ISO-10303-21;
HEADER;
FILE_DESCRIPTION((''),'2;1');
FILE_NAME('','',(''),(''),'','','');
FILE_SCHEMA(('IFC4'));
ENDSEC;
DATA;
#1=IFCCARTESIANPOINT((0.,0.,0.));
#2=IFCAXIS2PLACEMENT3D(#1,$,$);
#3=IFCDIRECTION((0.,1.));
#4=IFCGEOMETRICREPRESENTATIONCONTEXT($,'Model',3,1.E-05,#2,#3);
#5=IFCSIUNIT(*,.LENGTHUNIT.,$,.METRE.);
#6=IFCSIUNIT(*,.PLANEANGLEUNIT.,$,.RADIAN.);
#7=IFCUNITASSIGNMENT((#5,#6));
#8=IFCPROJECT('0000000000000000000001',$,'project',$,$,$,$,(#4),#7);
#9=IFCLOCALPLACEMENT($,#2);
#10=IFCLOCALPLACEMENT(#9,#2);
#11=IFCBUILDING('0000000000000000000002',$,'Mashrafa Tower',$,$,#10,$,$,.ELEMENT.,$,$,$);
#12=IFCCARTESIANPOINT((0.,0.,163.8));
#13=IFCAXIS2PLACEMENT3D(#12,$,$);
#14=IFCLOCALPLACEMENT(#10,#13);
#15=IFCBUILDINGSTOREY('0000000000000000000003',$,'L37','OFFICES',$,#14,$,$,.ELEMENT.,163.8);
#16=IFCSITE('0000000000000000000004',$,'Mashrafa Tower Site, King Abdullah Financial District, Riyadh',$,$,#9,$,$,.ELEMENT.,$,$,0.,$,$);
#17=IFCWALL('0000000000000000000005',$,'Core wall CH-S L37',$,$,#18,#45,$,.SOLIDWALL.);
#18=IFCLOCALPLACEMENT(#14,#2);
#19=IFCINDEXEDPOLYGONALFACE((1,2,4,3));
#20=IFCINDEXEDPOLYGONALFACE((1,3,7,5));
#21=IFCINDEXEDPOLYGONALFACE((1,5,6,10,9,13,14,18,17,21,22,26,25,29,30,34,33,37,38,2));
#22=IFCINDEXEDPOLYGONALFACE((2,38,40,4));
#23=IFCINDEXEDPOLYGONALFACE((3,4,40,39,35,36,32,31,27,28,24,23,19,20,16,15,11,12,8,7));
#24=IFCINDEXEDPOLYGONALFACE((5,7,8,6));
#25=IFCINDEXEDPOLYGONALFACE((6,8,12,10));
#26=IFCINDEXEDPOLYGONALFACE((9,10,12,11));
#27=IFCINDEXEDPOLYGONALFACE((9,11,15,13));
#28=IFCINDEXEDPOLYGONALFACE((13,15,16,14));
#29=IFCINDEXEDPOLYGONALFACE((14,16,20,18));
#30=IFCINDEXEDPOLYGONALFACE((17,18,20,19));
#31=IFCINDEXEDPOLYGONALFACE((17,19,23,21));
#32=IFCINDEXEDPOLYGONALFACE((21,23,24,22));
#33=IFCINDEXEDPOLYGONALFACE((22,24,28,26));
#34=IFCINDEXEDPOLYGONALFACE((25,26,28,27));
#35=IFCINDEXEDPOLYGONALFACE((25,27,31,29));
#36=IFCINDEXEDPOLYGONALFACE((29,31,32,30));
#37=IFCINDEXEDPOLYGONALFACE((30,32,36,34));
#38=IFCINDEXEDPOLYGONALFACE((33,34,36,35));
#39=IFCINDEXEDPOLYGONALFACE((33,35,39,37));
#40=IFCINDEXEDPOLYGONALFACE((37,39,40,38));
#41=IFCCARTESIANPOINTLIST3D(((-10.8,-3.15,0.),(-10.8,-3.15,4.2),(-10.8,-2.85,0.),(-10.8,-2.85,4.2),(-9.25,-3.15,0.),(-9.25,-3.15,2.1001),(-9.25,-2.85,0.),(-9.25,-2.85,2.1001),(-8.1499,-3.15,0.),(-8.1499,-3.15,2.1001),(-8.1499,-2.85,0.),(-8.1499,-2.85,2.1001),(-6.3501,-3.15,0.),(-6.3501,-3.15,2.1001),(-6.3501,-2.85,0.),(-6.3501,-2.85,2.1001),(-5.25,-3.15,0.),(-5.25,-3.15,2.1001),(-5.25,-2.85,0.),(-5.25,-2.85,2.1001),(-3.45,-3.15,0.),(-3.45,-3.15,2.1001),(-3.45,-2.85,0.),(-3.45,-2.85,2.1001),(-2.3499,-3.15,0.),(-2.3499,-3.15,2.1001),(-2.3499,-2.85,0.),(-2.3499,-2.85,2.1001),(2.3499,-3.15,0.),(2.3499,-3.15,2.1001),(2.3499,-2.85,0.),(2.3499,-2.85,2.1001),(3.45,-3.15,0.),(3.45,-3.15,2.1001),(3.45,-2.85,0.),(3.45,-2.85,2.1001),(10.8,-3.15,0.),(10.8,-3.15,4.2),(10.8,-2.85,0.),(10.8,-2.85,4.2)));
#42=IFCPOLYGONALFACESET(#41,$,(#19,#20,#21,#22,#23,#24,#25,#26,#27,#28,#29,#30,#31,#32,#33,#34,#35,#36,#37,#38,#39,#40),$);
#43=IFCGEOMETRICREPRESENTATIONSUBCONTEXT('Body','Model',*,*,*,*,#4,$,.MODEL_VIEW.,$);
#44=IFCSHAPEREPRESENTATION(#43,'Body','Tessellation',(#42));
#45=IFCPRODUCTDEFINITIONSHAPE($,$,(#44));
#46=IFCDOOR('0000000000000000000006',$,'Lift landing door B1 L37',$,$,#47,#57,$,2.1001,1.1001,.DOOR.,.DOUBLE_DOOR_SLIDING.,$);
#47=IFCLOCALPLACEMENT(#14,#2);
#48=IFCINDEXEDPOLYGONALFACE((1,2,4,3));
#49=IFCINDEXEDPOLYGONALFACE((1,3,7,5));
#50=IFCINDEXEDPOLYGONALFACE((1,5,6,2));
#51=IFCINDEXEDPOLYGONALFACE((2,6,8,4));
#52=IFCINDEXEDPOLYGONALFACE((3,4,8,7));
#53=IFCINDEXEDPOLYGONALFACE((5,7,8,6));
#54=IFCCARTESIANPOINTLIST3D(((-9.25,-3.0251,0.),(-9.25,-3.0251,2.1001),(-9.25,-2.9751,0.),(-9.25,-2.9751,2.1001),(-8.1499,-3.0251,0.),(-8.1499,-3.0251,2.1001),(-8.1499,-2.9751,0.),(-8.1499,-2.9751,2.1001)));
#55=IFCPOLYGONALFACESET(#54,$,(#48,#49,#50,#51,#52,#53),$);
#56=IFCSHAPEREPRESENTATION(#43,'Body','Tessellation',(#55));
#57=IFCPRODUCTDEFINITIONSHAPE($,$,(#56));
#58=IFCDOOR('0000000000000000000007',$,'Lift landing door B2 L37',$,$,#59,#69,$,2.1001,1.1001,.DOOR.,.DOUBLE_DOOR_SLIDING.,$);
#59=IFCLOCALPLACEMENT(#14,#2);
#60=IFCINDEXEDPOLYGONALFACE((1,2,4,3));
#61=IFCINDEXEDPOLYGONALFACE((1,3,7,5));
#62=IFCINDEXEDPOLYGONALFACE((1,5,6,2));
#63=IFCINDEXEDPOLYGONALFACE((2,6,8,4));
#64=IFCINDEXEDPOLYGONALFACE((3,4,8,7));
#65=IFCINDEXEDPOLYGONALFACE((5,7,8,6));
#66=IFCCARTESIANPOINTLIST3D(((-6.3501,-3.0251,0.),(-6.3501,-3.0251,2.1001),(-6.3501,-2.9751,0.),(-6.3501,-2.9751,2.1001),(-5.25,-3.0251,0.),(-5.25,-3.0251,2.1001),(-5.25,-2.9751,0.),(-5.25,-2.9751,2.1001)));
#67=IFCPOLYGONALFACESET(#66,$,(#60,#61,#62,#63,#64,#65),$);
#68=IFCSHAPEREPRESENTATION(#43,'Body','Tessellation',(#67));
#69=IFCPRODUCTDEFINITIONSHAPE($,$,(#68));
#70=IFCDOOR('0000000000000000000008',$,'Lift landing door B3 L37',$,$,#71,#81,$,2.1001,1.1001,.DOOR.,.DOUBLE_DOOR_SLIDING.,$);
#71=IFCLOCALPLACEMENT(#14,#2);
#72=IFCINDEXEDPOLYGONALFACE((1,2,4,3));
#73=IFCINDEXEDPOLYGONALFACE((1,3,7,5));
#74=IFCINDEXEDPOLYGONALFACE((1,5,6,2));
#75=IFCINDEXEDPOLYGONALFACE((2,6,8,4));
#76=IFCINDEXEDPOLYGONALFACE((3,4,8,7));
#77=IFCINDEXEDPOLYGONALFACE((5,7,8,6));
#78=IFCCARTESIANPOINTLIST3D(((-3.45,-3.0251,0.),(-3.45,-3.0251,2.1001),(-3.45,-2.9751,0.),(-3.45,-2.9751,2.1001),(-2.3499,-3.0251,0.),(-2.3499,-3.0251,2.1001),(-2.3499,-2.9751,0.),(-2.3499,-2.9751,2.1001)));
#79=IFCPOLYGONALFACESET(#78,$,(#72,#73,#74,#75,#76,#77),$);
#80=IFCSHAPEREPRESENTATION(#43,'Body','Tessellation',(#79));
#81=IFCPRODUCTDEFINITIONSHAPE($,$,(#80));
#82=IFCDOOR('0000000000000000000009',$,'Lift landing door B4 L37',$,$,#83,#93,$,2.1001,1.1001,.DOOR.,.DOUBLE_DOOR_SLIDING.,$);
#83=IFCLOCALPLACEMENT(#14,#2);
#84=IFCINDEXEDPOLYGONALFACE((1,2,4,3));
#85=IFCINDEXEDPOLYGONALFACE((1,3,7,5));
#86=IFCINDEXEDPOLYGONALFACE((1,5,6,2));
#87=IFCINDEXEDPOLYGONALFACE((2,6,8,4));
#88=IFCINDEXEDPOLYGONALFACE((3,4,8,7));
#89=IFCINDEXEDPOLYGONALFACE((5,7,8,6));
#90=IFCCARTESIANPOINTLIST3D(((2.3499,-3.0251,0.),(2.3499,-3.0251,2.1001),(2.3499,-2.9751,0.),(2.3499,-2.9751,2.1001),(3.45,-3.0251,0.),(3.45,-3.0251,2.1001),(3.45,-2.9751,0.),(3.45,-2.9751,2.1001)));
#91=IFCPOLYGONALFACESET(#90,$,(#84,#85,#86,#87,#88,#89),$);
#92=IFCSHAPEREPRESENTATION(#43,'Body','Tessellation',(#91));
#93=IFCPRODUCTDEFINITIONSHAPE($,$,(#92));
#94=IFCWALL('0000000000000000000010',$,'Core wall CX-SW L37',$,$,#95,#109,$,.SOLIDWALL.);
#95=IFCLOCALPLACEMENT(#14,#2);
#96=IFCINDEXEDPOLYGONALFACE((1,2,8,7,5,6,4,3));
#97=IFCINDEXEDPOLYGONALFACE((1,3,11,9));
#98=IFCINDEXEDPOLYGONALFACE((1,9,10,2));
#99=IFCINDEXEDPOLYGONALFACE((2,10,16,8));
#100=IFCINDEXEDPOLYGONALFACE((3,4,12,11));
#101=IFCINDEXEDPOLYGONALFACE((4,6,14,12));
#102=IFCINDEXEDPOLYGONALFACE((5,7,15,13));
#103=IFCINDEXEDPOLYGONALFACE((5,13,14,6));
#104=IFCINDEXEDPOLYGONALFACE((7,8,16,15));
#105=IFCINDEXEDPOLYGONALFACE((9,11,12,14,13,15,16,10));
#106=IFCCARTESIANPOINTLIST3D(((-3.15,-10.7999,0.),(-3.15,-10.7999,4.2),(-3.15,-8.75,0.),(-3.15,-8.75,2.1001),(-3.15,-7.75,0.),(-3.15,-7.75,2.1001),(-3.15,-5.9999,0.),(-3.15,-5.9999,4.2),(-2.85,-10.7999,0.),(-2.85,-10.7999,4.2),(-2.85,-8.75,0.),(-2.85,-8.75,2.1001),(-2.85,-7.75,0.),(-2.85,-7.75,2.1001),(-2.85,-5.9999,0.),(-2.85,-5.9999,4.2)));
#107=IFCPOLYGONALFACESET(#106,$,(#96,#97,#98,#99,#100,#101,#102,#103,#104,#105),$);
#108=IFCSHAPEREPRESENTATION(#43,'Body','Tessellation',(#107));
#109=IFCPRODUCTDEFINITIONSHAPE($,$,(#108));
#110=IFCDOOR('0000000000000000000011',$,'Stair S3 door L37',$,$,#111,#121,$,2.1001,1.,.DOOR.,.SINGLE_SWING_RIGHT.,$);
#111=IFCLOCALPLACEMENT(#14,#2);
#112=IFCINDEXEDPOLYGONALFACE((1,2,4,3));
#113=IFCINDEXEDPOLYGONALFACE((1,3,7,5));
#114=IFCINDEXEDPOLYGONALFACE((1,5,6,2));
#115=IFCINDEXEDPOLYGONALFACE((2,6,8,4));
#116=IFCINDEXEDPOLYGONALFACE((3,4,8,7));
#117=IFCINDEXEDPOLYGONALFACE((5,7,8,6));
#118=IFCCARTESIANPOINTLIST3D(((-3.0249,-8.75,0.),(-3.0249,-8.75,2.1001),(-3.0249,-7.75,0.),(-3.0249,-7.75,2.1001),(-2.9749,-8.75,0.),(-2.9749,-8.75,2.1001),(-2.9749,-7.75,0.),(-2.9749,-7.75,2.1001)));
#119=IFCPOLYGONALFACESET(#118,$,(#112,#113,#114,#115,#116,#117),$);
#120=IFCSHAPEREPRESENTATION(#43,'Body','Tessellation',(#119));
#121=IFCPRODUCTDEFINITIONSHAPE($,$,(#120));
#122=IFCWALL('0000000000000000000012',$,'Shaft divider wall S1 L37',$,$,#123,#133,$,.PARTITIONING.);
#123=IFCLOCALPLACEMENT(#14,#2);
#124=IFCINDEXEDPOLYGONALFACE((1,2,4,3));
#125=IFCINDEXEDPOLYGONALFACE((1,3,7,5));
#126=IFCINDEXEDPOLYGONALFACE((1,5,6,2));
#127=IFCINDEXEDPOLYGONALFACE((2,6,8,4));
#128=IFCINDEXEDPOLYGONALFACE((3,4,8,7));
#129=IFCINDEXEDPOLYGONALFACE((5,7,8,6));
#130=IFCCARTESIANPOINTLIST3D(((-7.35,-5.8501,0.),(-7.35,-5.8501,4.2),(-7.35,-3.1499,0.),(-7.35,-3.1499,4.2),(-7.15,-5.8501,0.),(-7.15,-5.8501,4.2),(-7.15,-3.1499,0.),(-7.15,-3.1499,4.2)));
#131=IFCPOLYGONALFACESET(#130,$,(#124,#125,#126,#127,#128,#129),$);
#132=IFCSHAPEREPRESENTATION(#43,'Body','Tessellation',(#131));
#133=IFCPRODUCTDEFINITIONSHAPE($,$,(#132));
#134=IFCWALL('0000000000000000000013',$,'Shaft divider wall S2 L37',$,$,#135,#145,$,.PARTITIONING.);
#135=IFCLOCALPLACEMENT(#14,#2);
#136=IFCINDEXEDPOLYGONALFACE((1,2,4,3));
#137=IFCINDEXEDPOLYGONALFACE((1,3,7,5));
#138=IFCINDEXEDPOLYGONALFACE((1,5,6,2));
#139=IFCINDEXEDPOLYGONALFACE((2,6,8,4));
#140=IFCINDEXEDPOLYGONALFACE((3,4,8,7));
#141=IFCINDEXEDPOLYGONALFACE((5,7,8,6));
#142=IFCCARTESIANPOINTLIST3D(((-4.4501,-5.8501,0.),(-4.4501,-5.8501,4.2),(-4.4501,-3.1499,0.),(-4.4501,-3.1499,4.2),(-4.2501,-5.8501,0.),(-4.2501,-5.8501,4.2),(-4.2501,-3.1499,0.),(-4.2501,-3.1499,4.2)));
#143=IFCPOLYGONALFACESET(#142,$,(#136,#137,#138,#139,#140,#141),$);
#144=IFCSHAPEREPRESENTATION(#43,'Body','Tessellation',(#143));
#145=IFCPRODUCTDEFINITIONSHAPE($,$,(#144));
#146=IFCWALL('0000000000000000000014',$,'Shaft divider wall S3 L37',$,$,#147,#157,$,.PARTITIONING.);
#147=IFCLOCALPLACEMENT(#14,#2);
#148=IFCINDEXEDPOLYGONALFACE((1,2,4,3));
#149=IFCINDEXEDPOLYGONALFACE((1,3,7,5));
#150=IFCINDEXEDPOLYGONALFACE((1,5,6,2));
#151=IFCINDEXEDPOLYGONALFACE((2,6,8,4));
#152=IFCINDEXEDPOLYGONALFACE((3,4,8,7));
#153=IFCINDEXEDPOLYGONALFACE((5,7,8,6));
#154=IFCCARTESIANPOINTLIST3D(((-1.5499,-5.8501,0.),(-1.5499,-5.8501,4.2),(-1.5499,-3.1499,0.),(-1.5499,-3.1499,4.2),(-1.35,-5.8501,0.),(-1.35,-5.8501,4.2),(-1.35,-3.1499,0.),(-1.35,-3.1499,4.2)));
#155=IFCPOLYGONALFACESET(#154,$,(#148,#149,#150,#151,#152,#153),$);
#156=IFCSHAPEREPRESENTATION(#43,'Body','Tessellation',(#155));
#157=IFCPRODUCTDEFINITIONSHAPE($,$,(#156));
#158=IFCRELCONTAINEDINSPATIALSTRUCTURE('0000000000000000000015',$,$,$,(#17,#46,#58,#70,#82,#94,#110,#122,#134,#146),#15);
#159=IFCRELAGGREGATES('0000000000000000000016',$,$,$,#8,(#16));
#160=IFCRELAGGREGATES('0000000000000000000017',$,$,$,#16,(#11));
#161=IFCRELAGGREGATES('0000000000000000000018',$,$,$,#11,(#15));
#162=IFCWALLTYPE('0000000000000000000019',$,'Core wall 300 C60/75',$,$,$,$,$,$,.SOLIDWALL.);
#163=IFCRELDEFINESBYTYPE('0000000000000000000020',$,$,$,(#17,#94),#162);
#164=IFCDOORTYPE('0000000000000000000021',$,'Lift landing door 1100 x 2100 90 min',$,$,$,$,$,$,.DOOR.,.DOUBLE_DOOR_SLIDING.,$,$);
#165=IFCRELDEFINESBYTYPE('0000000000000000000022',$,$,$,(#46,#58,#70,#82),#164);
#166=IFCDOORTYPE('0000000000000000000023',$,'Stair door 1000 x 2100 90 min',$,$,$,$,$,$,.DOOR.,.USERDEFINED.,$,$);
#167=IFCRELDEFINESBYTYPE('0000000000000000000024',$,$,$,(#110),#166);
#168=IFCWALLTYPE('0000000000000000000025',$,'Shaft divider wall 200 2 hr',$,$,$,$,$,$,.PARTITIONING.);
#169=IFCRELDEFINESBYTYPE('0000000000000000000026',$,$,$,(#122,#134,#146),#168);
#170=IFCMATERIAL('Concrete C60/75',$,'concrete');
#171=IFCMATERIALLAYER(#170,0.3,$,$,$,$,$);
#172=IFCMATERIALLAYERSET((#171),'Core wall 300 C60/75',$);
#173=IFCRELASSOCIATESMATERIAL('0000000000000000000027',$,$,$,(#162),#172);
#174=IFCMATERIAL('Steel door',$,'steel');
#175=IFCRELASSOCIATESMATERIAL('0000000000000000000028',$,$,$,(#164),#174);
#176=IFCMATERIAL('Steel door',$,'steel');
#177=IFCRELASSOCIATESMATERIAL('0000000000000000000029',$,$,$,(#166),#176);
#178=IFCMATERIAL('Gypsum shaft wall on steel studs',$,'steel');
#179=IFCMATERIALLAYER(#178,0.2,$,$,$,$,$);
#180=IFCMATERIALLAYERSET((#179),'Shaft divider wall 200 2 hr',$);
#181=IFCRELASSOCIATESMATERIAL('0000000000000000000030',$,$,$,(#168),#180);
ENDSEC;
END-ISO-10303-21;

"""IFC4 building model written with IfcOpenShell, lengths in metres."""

from ifc_helpers import new_model, si_unit, direction, frame, frame_2d, origin, place, context, subcontext, project, spatial, rectangle, extrude, material, layer, layer_set, type_object, element, fill, save


model = new_model("IFC4")

# Units and contexts
model_context = context("Model", 3, precision=1e-05, world=origin(), true_north=direction((0.0, 1.0)))
body_context = subcontext(model_context, "Body", "Model", "MODEL_VIEW")
ifc_project = project(units=[si_unit("LENGTHUNIT", "METRE"), si_unit("PLANEANGLEUNIT", "RADIAN")], contexts=[model_context])

# Site, building, storey
site_placement = place(None, origin())
site = spatial("IfcSite", under=ifc_project, at=site_placement, Name="Mashrafa Tower Site, King Abdullah Financial District, Riyadh", CompositionType="ELEMENT", RefElevation=0.0)
building_placement = place(site_placement, origin())
building = spatial("IfcBuilding", under=site, at=building_placement, Name="Mashrafa Tower", CompositionType="ELEMENT")
storey_placement = place(building_placement, frame((0.0, 0.0, 163.8)))
storey = spatial("IfcBuildingStorey", under=building, at=storey_placement, Name="L37", Description="OFFICES", CompositionType="ELEMENT", Elevation=163.8)

# Wall, openings, doors
ifc_material_1 = material(Name="Concrete C60/75", Category="concrete")
ifc_layer_1 = layer(ifc_material_1, 0.3)
ifc_layer_set_1 = layer_set([ifc_layer_1], Name="Core wall 300 C60/75")
wall_type_1 = type_object("IfcWallType", Name="Core wall 300 C60/75", PredefinedType="SOLIDWALL", material=ifc_layer_set_1)
wall_1_placement = place(storey_placement, frame((-10.8, -3.0, 0.0), z_axis=(0.0, 0.0, 1.0), x_axis=(1.0, 0.0, 0.0)))
wall_1 = element("IfcWall", 1, at=wall_1_placement, inside=storey, type_object=wall_type_1, Name="Core wall CH-S L37", PredefinedType="SOLIDWALL", context=body_context, shape_type="SweptSolid", body=[
    extrude(rectangle(XDim=21.6001, YDim=0.3, at=frame_2d((10.8, 0.0))), origin(), (0.0, 0.0, 1.0), 4.2),
])
opening_1_placement = place(wall_1_placement, frame((1.55, 0.0, 0.0)))
opening_1 = element("IfcOpeningElement", 2, at=opening_1_placement, cuts=wall_1, PredefinedType="OPENING", context=body_context, shape_type="SweptSolid", body=[
    extrude(rectangle(XDim=1.1001, YDim=2.1001, at=frame_2d((0.55, 1.05))), frame((0.0, 0.1599, 0.0), z_axis=(0.0, -1.0, 0.0), x_axis=(1.0, 0.0, 0.0)), (0.0, 0.0, 1.0), 0.3201),
])
opening_2_placement = place(wall_1_placement, frame((4.45, 0.0, 0.0)))
opening_2 = element("IfcOpeningElement", 3, at=opening_2_placement, cuts=wall_1, PredefinedType="OPENING", context=body_context, shape_type="SweptSolid", body=[
    extrude(rectangle(XDim=1.1001, YDim=2.1001, at=frame_2d((0.55, 1.05))), frame((0.0, 0.1599, 0.0), z_axis=(0.0, -1.0, 0.0), x_axis=(1.0, 0.0, 0.0)), (0.0, 0.0, 1.0), 0.3201),
])
opening_3_placement = place(wall_1_placement, frame((7.3501, 0.0, 0.0)))
opening_3 = element("IfcOpeningElement", 4, at=opening_3_placement, cuts=wall_1, PredefinedType="OPENING", context=body_context, shape_type="SweptSolid", body=[
    extrude(rectangle(XDim=1.1001, YDim=2.1001, at=frame_2d((0.55, 1.05))), frame((0.0, 0.1599, 0.0), z_axis=(0.0, -1.0, 0.0), x_axis=(1.0, 0.0, 0.0)), (0.0, 0.0, 1.0), 0.3201),
])
opening_4_placement = place(wall_1_placement, frame((13.1499, 0.0, 0.0)))
opening_4 = element("IfcOpeningElement", 5, at=opening_4_placement, cuts=wall_1, PredefinedType="OPENING", context=body_context, shape_type="SweptSolid", body=[
    extrude(rectangle(XDim=1.1001, YDim=2.1001, at=frame_2d((0.55, 1.05))), frame((0.0, 0.1599, 0.0), z_axis=(0.0, -1.0, 0.0), x_axis=(1.0, 0.0, 0.0)), (0.0, 0.0, 1.0), 0.3201),
])
ifc_material_2 = material(Name="Steel door", Category="steel")
door_type_1 = type_object("IfcDoorType", Name="Lift landing door 1100 x 2100 90 min", OperationType="DOUBLE_DOOR_SLIDING", PredefinedType="DOOR", material=ifc_material_2)
door_1_placement = place(opening_1_placement, origin())
door_1 = element("IfcDoor", 6, at=door_1_placement, inside=storey, type_object=door_type_1, Name="Lift landing door B1 L37", OperationType="DOUBLE_DOOR_SLIDING", OverallHeight=2.1001, OverallWidth=1.1001, PredefinedType="DOOR", context=body_context, shape_type="SweptSolid", body=[
    extrude(rectangle(XDim=1.1001, YDim=2.1001, at=frame_2d((0.55, 1.05))), frame((0.0, 0.0249, 0.0), z_axis=(0.0, -1.0, 0.0), x_axis=(1.0, 0.0, 0.0)), (0.0, 0.0, 1.0), 0.05),
])
fill(opening_1, door_1)
door_2_placement = place(opening_2_placement, origin())
door_2 = element("IfcDoor", 7, at=door_2_placement, inside=storey, type_object=door_type_1, Name="Lift landing door B2 L37", OperationType="DOUBLE_DOOR_SLIDING", OverallHeight=2.1001, OverallWidth=1.1001, PredefinedType="DOOR", context=body_context, shape_type="SweptSolid", body=[
    extrude(rectangle(XDim=1.1001, YDim=2.1001, at=frame_2d((0.55, 1.05))), frame((0.0, 0.0249, 0.0), z_axis=(0.0, -1.0, 0.0), x_axis=(1.0, 0.0, 0.0)), (0.0, 0.0, 1.0), 0.05),
])
fill(opening_2, door_2)
door_3_placement = place(opening_3_placement, origin())
door_3 = element("IfcDoor", 8, at=door_3_placement, inside=storey, type_object=door_type_1, Name="Lift landing door B3 L37", OperationType="DOUBLE_DOOR_SLIDING", OverallHeight=2.1001, OverallWidth=1.1001, PredefinedType="DOOR", context=body_context, shape_type="SweptSolid", body=[
    extrude(rectangle(XDim=1.1001, YDim=2.1001, at=frame_2d((0.55, 1.05))), frame((0.0, 0.0249, 0.0), z_axis=(0.0, -1.0, 0.0), x_axis=(1.0, 0.0, 0.0)), (0.0, 0.0, 1.0), 0.05),
])
fill(opening_3, door_3)
door_4_placement = place(opening_4_placement, origin())
door_4 = element("IfcDoor", 9, at=door_4_placement, inside=storey, type_object=door_type_1, Name="Lift landing door B4 L37", OperationType="DOUBLE_DOOR_SLIDING", OverallHeight=2.1001, OverallWidth=1.1001, PredefinedType="DOOR", context=body_context, shape_type="SweptSolid", body=[
    extrude(rectangle(XDim=1.1001, YDim=2.1001, at=frame_2d((0.55, 1.05))), frame((0.0, 0.0249, 0.0), z_axis=(0.0, -1.0, 0.0), x_axis=(1.0, 0.0, 0.0)), (0.0, 0.0, 1.0), 0.05),
])
fill(opening_4, door_4)

# Wall, opening, door
wall_2_placement = place(storey_placement, frame((-3.0, -6.0, 0.0), z_axis=(0.0, 0.0, 1.0), x_axis=(0.0, -1.0, 0.0)))
wall_2 = element("IfcWall", 10, at=wall_2_placement, inside=storey, type_object=wall_type_1, Name="Core wall CX-SW L37", PredefinedType="SOLIDWALL", context=body_context, shape_type="SweptSolid", body=[
    extrude(rectangle(XDim=4.8, YDim=0.3, at=frame_2d((2.3999, 0.0))), origin(), (0.0, 0.0, 1.0), 4.2),
])
opening_5_placement = place(wall_2_placement, frame((1.75, 0.0, 0.0)))
opening_5 = element("IfcOpeningElement", 11, at=opening_5_placement, cuts=wall_2, PredefinedType="OPENING", context=body_context, shape_type="SweptSolid", body=[
    extrude(rectangle(XDim=1.0, YDim=2.1001, at=frame_2d((0.5, 1.05))), frame((0.0, 0.1599, 0.0), z_axis=(0.0, -1.0, 0.0), x_axis=(1.0, 0.0, 0.0)), (0.0, 0.0, 1.0), 0.3201),
])
ifc_material_3 = material(Name="Steel door", Category="steel")
door_type_2 = type_object("IfcDoorType", Name="Stair door 1000 x 2100 90 min", OperationType="USERDEFINED", PredefinedType="DOOR", material=ifc_material_3)
door_5_placement = place(opening_5_placement, frame((1.0, 0.0, 0.0), z_axis=(0.0, 0.0, 1.0), x_axis=(-1.0, 0.0, 0.0)))
door_5 = element("IfcDoor", 12, at=door_5_placement, inside=storey, type_object=door_type_2, Name="Stair S3 door L37", OperationType="SINGLE_SWING_RIGHT", OverallHeight=2.1001, OverallWidth=1.0, PredefinedType="DOOR", context=body_context, shape_type="SweptSolid", body=[
    extrude(rectangle(XDim=1.0, YDim=2.1001, at=frame_2d((0.5, 1.05))), frame((0.0, 0.0249, 0.0), z_axis=(0.0, -1.0, 0.0), x_axis=(1.0, 0.0, 0.0)), (0.0, 0.0, 1.0), 0.05),
])
fill(opening_5, door_5)

# Walls
ifc_material_4 = material(Name="Gypsum shaft wall on steel studs", Category="steel")
ifc_layer_2 = layer(ifc_material_4, 0.2)
ifc_layer_set_2 = layer_set([ifc_layer_2], Name="Shaft divider wall 200 2 hr")
wall_type_2 = type_object("IfcWallType", Name="Shaft divider wall 200 2 hr", PredefinedType="PARTITIONING", material=ifc_layer_set_2)
for number, where, z_axis, x_axis, name in (
    (13, (-7.25, -5.8501, 0.0), (0.0, 0.0, 1.0), (0.0, 1.0, 0.0), "Shaft divider wall S1 L37"),
    (14, (-4.3501, -5.8501, 0.0), (0.0, 0.0, 1.0), (0.0, 1.0, 0.0), "Shaft divider wall S2 L37"),
    (15, (-1.45, -5.8501, 0.0), (0.0, 0.0, 1.0), (0.0, 1.0, 0.0), "Shaft divider wall S3 L37"),
):
    element("IfcWall", number, at=place(storey_placement, frame(where, z_axis=z_axis, x_axis=x_axis)), inside=storey, type_object=wall_type_2, Name=name, PredefinedType="PARTITIONING", context=body_context, shape_type="SweptSolid", body=[
        extrude(rectangle(XDim=2.7002, YDim=0.2, at=frame_2d((1.3501, 0.0))), origin(), (0.0, 0.0, 1.0), 4.2),
    ])

save(model, "model.ifc")
